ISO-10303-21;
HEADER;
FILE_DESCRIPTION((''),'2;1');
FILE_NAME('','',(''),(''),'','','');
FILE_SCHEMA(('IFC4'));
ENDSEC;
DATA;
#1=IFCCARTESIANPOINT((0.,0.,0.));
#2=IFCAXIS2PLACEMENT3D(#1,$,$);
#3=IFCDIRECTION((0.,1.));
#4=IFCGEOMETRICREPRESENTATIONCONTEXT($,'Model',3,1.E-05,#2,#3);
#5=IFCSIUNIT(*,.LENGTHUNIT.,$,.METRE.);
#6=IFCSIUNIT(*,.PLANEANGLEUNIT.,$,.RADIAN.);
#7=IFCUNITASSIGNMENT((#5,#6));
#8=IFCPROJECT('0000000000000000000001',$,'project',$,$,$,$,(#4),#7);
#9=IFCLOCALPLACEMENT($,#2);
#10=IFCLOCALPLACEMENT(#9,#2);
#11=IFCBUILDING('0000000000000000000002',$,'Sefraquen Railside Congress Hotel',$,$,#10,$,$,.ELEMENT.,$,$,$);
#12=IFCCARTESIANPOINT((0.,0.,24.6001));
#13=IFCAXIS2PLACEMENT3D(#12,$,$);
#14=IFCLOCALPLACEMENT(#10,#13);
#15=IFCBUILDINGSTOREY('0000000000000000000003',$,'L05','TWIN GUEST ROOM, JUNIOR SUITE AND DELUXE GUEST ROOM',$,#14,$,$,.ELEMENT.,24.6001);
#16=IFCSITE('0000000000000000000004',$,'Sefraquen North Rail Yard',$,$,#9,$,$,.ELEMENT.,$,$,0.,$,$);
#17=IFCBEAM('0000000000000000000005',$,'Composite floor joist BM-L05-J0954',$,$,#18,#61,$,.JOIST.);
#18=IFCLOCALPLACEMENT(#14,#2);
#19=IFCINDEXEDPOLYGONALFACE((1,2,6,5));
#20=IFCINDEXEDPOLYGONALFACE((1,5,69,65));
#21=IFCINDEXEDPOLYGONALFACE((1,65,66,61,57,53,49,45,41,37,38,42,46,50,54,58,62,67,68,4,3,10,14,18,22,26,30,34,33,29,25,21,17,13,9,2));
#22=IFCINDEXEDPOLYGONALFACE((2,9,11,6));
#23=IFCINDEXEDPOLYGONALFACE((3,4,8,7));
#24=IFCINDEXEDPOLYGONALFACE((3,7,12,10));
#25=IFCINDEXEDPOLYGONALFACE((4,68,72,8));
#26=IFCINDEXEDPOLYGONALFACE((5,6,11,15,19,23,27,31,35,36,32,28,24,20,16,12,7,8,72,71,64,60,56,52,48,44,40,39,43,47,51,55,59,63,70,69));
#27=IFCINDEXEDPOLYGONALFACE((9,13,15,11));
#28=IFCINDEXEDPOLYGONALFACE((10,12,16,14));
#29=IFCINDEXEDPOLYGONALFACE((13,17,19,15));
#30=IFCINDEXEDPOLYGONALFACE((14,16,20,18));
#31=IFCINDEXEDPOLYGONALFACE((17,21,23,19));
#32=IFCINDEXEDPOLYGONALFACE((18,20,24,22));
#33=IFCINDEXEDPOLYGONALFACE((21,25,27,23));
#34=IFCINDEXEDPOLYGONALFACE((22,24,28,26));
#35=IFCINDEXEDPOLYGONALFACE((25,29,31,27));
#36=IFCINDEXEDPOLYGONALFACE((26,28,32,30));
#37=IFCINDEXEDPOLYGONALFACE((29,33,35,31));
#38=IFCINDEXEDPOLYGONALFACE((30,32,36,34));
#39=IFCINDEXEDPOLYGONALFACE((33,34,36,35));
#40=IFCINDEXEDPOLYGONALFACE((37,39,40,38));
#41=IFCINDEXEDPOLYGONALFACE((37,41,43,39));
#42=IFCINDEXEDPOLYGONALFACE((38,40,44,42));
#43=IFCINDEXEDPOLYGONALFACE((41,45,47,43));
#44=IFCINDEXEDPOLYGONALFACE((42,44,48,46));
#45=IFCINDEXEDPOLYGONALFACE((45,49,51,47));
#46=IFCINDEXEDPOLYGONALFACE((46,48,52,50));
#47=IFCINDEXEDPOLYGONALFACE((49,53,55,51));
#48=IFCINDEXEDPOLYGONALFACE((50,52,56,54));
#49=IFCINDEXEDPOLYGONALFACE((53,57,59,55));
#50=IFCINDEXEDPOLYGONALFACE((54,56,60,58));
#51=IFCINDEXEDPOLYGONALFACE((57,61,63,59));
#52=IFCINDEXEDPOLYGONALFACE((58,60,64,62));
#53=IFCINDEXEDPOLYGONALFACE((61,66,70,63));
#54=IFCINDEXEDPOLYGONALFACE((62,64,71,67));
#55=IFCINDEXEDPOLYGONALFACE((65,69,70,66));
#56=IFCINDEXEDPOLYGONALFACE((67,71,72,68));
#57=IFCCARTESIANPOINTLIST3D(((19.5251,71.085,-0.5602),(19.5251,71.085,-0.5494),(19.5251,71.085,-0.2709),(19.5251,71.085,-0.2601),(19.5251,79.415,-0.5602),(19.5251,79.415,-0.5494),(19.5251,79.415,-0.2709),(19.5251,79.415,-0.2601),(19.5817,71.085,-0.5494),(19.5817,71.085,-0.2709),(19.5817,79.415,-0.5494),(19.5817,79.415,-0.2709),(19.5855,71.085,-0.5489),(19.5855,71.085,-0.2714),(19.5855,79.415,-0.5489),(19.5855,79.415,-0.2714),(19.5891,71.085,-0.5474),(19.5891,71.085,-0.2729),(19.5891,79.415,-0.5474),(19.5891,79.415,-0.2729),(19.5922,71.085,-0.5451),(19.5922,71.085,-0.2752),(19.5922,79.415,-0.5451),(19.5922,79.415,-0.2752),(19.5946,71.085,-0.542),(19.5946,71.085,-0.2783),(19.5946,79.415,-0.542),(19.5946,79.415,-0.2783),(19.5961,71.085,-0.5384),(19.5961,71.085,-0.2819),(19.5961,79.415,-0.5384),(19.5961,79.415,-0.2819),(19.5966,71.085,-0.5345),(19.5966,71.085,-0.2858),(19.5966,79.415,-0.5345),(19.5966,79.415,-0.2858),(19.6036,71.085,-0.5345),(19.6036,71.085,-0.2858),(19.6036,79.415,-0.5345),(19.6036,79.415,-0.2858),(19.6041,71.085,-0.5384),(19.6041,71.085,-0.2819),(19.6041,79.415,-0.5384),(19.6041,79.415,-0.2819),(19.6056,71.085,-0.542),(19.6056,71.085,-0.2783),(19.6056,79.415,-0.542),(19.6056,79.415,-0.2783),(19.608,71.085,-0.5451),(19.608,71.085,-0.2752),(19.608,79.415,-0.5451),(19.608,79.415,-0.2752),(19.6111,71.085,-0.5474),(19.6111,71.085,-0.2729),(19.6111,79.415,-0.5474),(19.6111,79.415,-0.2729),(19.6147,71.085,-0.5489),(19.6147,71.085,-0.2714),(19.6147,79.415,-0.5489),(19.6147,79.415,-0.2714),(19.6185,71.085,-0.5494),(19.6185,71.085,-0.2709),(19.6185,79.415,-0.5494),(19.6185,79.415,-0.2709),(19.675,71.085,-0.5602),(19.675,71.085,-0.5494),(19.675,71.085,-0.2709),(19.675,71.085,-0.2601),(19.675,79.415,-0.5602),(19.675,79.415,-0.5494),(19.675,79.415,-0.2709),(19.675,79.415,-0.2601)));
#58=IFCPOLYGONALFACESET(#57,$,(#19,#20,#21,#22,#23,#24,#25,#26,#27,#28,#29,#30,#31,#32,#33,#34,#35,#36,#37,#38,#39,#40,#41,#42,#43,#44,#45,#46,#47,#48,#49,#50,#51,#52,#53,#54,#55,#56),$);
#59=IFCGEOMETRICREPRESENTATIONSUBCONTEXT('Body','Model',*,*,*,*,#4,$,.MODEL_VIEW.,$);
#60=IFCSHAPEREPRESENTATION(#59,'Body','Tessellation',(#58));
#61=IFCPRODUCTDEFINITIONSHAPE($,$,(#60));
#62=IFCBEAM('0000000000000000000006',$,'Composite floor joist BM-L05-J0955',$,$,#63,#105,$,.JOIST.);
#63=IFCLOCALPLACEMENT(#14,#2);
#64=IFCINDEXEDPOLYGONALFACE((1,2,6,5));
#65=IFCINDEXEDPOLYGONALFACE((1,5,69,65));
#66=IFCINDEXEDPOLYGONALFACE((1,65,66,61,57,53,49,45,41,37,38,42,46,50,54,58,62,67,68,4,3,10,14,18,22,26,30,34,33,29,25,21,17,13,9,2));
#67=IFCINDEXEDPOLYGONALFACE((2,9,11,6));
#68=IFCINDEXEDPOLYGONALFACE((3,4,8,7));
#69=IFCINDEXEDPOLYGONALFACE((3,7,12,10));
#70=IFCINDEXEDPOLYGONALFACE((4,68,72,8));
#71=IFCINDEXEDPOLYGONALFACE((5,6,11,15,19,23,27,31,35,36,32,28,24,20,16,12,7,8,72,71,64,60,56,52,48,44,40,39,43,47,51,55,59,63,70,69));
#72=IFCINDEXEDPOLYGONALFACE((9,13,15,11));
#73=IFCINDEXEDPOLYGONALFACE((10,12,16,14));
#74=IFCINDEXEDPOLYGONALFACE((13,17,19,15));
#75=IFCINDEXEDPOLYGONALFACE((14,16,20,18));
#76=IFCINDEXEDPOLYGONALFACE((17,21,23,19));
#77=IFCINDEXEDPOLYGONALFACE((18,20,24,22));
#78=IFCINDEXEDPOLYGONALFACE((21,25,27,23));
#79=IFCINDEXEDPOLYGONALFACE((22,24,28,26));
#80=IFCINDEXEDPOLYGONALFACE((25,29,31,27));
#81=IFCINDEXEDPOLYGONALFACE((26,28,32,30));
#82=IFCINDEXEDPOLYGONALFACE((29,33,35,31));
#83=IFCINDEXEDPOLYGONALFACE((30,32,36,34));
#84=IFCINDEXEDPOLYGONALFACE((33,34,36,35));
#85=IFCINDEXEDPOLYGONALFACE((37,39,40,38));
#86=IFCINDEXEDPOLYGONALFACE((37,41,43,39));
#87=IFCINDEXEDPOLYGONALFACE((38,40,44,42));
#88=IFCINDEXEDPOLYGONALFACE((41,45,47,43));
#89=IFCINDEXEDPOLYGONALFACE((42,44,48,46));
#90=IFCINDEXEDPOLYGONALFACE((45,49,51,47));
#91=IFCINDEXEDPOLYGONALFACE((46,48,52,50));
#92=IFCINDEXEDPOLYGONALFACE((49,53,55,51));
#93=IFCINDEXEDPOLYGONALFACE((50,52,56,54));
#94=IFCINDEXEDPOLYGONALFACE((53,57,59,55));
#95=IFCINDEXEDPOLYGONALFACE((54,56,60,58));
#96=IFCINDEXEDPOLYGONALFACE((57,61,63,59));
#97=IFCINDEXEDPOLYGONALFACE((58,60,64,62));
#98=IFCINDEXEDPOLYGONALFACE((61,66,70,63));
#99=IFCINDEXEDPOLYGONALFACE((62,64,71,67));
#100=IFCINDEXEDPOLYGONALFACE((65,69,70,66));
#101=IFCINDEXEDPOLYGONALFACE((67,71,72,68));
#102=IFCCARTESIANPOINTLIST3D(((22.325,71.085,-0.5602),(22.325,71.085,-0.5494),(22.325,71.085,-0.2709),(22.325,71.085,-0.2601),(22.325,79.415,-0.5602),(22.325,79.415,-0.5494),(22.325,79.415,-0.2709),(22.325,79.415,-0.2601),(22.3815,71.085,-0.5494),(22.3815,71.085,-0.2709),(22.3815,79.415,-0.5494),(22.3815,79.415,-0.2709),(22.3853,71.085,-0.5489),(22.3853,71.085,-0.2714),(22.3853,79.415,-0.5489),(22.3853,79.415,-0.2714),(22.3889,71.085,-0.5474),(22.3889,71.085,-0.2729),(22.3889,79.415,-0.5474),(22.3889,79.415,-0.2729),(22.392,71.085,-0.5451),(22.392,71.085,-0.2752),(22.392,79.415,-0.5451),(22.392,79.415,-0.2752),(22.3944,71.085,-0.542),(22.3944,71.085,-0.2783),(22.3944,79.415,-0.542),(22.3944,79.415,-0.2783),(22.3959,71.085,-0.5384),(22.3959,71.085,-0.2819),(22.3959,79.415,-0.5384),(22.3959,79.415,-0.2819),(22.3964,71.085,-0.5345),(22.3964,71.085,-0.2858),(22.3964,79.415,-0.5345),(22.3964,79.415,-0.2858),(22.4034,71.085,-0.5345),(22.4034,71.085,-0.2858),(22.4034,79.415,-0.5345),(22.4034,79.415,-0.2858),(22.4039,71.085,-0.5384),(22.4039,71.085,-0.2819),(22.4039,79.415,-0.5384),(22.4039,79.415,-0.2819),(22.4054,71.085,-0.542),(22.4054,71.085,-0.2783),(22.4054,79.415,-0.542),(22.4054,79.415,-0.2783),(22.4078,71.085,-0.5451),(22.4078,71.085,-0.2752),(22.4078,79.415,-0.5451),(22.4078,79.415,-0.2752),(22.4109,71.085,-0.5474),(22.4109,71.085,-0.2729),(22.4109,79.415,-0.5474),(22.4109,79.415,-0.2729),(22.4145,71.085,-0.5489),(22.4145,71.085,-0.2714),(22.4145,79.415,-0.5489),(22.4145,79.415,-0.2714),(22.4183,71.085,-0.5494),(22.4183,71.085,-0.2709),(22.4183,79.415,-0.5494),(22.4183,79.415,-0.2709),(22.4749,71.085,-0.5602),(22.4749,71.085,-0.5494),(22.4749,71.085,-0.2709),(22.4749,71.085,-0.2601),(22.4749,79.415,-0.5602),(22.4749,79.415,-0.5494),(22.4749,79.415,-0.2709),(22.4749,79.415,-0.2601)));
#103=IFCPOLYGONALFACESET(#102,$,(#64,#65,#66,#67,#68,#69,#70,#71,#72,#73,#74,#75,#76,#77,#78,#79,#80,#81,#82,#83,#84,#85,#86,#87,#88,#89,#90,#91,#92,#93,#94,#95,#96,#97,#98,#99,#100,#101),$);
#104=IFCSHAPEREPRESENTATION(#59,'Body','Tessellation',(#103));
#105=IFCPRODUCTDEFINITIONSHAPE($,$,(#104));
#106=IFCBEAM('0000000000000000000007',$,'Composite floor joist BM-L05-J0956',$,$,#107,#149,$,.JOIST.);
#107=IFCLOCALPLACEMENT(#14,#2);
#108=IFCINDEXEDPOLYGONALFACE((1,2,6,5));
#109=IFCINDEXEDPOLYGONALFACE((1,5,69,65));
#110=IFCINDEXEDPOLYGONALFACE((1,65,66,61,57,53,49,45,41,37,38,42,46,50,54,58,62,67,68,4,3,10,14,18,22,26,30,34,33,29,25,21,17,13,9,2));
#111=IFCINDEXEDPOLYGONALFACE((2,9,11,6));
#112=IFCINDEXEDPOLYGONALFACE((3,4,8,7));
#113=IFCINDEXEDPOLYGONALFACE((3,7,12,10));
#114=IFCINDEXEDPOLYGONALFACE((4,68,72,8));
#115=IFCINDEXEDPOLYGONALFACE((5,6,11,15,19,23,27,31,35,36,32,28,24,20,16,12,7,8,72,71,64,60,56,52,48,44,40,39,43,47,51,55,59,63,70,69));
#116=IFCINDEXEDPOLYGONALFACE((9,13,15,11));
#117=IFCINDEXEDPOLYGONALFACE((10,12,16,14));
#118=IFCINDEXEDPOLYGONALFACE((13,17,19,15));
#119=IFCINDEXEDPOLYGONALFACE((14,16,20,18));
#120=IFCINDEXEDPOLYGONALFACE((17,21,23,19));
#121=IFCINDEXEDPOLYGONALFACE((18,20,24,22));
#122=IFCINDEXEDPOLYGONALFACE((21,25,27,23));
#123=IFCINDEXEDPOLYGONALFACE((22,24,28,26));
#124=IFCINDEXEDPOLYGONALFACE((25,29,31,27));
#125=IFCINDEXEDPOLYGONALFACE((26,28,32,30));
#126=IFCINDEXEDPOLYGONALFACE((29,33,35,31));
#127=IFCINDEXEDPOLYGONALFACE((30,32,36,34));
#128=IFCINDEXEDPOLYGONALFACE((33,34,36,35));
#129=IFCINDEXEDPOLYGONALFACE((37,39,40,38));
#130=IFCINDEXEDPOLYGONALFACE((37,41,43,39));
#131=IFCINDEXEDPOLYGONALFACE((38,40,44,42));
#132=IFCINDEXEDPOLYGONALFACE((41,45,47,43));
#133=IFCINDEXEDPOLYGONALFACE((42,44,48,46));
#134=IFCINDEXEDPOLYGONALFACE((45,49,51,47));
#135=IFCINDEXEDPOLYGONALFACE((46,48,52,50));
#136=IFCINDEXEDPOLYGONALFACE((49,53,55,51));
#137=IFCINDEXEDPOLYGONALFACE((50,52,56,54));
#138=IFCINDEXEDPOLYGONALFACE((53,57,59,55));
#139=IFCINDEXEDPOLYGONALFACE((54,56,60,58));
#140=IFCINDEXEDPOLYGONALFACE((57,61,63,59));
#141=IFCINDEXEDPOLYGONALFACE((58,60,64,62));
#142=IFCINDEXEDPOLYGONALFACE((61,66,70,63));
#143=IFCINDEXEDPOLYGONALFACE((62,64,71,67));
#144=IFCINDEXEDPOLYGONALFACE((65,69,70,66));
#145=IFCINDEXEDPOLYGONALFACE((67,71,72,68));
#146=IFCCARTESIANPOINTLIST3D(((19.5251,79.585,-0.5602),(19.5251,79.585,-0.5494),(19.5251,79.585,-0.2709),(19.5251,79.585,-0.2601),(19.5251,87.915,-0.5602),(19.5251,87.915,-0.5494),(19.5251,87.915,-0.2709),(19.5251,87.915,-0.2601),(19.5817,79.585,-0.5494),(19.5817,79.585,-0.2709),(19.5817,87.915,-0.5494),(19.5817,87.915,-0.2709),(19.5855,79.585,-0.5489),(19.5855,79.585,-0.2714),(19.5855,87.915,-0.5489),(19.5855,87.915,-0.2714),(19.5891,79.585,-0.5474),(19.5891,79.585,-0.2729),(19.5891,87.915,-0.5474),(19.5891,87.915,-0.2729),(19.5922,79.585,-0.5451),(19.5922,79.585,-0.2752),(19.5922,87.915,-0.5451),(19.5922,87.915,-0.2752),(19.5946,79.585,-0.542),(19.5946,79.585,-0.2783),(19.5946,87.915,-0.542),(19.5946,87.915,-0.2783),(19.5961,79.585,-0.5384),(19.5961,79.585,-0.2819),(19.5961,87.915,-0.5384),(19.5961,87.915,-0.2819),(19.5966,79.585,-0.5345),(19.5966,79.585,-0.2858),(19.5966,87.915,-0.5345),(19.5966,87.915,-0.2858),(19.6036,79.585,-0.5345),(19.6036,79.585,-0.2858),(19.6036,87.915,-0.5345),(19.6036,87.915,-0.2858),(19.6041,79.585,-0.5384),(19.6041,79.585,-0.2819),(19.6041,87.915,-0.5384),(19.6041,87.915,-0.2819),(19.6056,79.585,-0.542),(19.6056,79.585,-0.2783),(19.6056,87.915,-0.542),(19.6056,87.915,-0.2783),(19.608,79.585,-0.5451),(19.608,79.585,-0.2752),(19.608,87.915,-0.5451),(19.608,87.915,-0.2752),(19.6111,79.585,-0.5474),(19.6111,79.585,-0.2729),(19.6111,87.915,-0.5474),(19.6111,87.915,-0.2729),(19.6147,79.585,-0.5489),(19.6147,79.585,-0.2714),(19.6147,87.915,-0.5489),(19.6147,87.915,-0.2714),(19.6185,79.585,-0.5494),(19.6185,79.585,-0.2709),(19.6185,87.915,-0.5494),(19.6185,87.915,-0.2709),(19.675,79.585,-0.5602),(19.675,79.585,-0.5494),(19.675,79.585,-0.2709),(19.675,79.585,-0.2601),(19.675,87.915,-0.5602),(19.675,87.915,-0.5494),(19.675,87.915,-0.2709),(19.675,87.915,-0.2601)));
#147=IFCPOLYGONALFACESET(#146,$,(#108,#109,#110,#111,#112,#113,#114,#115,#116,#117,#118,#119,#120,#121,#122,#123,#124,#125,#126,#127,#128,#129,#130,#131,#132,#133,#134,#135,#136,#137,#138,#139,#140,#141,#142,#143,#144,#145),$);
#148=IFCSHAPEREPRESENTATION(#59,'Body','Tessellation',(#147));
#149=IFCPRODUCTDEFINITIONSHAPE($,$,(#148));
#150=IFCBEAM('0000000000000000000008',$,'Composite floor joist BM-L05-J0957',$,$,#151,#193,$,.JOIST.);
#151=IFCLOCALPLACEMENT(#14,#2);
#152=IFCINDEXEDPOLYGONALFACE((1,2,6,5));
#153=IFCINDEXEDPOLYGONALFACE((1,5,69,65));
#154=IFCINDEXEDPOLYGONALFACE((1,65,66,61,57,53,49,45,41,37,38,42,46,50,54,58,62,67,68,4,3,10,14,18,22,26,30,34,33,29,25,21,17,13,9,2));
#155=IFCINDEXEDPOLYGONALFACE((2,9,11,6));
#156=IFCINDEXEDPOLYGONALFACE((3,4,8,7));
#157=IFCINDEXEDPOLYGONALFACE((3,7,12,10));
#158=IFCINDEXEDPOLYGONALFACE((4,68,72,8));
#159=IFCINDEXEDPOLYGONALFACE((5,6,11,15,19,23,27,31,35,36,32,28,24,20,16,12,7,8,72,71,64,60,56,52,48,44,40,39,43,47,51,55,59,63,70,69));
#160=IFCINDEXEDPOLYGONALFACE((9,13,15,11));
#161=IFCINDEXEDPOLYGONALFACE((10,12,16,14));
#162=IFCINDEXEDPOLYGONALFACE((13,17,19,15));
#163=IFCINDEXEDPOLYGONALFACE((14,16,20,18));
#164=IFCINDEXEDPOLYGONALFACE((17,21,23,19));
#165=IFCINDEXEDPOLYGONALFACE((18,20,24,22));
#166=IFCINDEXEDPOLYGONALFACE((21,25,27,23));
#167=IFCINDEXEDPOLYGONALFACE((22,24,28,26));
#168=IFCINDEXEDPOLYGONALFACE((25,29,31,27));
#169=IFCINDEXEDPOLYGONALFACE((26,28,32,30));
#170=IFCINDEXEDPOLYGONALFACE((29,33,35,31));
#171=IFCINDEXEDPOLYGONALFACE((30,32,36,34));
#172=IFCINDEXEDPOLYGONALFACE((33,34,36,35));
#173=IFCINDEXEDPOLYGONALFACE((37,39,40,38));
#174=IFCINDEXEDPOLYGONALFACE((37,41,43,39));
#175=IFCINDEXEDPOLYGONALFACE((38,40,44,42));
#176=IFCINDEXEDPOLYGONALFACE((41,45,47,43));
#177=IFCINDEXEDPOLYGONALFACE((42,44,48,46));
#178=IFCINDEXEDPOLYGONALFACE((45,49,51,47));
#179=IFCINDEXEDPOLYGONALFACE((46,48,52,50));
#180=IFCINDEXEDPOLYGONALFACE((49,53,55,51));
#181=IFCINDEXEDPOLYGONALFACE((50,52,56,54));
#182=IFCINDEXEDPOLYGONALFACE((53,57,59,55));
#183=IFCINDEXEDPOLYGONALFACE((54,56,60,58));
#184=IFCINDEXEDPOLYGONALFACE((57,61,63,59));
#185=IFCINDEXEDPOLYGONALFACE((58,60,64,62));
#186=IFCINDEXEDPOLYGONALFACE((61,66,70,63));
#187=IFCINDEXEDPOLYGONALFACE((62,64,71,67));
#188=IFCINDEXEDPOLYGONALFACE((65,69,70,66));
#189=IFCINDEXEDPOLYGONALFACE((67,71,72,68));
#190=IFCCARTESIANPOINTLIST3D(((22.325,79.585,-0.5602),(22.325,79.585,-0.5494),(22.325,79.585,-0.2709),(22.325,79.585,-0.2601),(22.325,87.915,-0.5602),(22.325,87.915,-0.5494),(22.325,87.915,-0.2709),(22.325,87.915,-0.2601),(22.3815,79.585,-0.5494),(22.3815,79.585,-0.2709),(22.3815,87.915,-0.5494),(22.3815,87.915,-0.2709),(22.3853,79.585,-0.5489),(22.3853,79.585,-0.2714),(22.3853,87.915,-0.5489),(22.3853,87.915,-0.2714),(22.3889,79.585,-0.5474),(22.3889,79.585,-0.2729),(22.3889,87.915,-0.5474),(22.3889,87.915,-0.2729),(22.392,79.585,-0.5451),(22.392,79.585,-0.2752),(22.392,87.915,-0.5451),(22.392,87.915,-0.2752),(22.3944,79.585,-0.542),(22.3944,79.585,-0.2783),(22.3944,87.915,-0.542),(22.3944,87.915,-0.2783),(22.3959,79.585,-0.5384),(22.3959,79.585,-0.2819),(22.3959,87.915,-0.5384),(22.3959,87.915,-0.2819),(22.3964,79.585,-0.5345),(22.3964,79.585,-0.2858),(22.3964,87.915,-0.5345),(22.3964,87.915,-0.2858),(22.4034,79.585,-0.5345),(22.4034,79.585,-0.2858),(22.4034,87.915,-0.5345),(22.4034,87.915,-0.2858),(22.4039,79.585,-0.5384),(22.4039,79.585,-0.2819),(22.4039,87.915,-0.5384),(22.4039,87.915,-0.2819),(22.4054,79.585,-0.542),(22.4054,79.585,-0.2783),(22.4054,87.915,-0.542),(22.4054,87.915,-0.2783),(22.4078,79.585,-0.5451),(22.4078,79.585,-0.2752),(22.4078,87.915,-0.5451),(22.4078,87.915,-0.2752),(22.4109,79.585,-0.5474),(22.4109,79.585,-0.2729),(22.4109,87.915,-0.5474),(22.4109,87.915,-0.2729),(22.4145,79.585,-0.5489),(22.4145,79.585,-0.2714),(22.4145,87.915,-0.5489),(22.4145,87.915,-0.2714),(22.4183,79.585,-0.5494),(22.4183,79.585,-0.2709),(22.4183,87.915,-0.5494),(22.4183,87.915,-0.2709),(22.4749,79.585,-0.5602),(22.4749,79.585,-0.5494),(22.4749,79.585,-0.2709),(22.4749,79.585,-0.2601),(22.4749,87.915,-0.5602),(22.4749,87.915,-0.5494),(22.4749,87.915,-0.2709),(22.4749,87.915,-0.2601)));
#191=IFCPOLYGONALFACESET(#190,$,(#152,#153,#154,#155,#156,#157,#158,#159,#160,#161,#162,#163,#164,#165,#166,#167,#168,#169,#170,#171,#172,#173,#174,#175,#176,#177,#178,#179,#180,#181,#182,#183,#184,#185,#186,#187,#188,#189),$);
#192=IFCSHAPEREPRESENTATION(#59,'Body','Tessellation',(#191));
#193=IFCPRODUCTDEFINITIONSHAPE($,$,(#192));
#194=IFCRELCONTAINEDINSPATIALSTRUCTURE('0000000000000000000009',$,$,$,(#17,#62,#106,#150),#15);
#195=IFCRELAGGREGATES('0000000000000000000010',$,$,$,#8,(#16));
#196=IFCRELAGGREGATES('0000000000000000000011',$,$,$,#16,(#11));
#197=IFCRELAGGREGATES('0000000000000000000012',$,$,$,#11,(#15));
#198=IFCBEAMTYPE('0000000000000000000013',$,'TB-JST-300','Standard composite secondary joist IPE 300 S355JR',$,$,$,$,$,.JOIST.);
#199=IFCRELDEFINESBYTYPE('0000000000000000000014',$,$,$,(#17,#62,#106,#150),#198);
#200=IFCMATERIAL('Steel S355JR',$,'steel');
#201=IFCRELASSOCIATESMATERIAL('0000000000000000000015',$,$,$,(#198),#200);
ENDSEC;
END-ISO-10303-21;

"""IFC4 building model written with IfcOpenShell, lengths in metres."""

from ifc_helpers import new_model, si_unit, direction, frame, origin, origin_2d, place, context, subcontext, project, spatial, i_section, extrude, material, material_profile, profile_set, type_object, element, save


model = new_model("IFC4")

# Units and contexts
model_context = context("Model", 3, precision=1e-05, world=origin(), true_north=direction((0.0, 1.0)))
body_context = subcontext(model_context, "Body", "Model", "MODEL_VIEW")
ifc_project = project(units=[si_unit("LENGTHUNIT", "METRE"), si_unit("PLANEANGLEUNIT", "RADIAN")], contexts=[model_context])

# Site, building, storey
site_placement = place(None, origin())
site = spatial("IfcSite", under=ifc_project, at=site_placement, Name="Sefraquen North Rail Yard", CompositionType="ELEMENT", RefElevation=0.0)
building_placement = place(site_placement, origin())
building = spatial("IfcBuilding", under=site, at=building_placement, Name="Sefraquen Railside Congress Hotel", CompositionType="ELEMENT")
storey_placement = place(building_placement, frame((0.0, 0.0, 24.6001)))
storey = spatial("IfcBuildingStorey", under=building, at=storey_placement, Name="L05", Description="TWIN GUEST ROOM, JUNIOR SUITE AND DELUXE GUEST ROOM", CompositionType="ELEMENT", Elevation=24.6001)

# Shared definitions
ifc_material_1 = material(Name="Steel S355JR", Category="steel")

# Beams
ifc_material_profile_1 = material_profile(ifc_material_1, i_section(OverallWidth=0.1499, OverallDepth=0.3, WebThickness=0.0071, FlangeThickness=0.0107, FilletRadius=0.0149, at=origin_2d()), Name="IPE 300")
ifc_profile_set_1 = profile_set([ifc_material_profile_1], Name="Steel S355JR")
beam_type_1 = type_object("IfcBeamType", Name="TB-JST-300", Description="Standard composite secondary joist IPE 300 S355JR", PredefinedType="JOIST", material=ifc_profile_set_1)
for number, where, z_axis, x_axis, name in (
    (1, (19.6001, 71.085, -0.4102), (0.0, 1.0, 0.0), (-1.0, 0.0, 0.0), "Composite floor joist BM-L05-J0954"),
    (2, (22.3999, 71.085, -0.4102), (0.0, 1.0, 0.0), (-1.0, 0.0, 0.0), "Composite floor joist BM-L05-J0955"),
    (3, (19.6001, 79.585, -0.4102), (0.0, 1.0, 0.0), (-1.0, 0.0, 0.0), "Composite floor joist BM-L05-J0956"),
    (4, (22.3999, 79.585, -0.4102), (0.0, 1.0, 0.0), (-1.0, 0.0, 0.0), "Composite floor joist BM-L05-J0957"),
):
    element("IfcBeam", number, at=place(storey_placement, frame(where, z_axis=z_axis, x_axis=x_axis)), inside=storey, type_object=beam_type_1, Name=name, PredefinedType="JOIST", context=body_context, shape_type="SweptSolid", body=[
        extrude(i_section(OverallWidth=0.1499, OverallDepth=0.3, WebThickness=0.0071, FlangeThickness=0.0107, FilletRadius=0.0149, at=origin_2d()), origin(), (0.0, 0.0, 1.0), 8.3301),
    ])

save(model, "model.ifc")
